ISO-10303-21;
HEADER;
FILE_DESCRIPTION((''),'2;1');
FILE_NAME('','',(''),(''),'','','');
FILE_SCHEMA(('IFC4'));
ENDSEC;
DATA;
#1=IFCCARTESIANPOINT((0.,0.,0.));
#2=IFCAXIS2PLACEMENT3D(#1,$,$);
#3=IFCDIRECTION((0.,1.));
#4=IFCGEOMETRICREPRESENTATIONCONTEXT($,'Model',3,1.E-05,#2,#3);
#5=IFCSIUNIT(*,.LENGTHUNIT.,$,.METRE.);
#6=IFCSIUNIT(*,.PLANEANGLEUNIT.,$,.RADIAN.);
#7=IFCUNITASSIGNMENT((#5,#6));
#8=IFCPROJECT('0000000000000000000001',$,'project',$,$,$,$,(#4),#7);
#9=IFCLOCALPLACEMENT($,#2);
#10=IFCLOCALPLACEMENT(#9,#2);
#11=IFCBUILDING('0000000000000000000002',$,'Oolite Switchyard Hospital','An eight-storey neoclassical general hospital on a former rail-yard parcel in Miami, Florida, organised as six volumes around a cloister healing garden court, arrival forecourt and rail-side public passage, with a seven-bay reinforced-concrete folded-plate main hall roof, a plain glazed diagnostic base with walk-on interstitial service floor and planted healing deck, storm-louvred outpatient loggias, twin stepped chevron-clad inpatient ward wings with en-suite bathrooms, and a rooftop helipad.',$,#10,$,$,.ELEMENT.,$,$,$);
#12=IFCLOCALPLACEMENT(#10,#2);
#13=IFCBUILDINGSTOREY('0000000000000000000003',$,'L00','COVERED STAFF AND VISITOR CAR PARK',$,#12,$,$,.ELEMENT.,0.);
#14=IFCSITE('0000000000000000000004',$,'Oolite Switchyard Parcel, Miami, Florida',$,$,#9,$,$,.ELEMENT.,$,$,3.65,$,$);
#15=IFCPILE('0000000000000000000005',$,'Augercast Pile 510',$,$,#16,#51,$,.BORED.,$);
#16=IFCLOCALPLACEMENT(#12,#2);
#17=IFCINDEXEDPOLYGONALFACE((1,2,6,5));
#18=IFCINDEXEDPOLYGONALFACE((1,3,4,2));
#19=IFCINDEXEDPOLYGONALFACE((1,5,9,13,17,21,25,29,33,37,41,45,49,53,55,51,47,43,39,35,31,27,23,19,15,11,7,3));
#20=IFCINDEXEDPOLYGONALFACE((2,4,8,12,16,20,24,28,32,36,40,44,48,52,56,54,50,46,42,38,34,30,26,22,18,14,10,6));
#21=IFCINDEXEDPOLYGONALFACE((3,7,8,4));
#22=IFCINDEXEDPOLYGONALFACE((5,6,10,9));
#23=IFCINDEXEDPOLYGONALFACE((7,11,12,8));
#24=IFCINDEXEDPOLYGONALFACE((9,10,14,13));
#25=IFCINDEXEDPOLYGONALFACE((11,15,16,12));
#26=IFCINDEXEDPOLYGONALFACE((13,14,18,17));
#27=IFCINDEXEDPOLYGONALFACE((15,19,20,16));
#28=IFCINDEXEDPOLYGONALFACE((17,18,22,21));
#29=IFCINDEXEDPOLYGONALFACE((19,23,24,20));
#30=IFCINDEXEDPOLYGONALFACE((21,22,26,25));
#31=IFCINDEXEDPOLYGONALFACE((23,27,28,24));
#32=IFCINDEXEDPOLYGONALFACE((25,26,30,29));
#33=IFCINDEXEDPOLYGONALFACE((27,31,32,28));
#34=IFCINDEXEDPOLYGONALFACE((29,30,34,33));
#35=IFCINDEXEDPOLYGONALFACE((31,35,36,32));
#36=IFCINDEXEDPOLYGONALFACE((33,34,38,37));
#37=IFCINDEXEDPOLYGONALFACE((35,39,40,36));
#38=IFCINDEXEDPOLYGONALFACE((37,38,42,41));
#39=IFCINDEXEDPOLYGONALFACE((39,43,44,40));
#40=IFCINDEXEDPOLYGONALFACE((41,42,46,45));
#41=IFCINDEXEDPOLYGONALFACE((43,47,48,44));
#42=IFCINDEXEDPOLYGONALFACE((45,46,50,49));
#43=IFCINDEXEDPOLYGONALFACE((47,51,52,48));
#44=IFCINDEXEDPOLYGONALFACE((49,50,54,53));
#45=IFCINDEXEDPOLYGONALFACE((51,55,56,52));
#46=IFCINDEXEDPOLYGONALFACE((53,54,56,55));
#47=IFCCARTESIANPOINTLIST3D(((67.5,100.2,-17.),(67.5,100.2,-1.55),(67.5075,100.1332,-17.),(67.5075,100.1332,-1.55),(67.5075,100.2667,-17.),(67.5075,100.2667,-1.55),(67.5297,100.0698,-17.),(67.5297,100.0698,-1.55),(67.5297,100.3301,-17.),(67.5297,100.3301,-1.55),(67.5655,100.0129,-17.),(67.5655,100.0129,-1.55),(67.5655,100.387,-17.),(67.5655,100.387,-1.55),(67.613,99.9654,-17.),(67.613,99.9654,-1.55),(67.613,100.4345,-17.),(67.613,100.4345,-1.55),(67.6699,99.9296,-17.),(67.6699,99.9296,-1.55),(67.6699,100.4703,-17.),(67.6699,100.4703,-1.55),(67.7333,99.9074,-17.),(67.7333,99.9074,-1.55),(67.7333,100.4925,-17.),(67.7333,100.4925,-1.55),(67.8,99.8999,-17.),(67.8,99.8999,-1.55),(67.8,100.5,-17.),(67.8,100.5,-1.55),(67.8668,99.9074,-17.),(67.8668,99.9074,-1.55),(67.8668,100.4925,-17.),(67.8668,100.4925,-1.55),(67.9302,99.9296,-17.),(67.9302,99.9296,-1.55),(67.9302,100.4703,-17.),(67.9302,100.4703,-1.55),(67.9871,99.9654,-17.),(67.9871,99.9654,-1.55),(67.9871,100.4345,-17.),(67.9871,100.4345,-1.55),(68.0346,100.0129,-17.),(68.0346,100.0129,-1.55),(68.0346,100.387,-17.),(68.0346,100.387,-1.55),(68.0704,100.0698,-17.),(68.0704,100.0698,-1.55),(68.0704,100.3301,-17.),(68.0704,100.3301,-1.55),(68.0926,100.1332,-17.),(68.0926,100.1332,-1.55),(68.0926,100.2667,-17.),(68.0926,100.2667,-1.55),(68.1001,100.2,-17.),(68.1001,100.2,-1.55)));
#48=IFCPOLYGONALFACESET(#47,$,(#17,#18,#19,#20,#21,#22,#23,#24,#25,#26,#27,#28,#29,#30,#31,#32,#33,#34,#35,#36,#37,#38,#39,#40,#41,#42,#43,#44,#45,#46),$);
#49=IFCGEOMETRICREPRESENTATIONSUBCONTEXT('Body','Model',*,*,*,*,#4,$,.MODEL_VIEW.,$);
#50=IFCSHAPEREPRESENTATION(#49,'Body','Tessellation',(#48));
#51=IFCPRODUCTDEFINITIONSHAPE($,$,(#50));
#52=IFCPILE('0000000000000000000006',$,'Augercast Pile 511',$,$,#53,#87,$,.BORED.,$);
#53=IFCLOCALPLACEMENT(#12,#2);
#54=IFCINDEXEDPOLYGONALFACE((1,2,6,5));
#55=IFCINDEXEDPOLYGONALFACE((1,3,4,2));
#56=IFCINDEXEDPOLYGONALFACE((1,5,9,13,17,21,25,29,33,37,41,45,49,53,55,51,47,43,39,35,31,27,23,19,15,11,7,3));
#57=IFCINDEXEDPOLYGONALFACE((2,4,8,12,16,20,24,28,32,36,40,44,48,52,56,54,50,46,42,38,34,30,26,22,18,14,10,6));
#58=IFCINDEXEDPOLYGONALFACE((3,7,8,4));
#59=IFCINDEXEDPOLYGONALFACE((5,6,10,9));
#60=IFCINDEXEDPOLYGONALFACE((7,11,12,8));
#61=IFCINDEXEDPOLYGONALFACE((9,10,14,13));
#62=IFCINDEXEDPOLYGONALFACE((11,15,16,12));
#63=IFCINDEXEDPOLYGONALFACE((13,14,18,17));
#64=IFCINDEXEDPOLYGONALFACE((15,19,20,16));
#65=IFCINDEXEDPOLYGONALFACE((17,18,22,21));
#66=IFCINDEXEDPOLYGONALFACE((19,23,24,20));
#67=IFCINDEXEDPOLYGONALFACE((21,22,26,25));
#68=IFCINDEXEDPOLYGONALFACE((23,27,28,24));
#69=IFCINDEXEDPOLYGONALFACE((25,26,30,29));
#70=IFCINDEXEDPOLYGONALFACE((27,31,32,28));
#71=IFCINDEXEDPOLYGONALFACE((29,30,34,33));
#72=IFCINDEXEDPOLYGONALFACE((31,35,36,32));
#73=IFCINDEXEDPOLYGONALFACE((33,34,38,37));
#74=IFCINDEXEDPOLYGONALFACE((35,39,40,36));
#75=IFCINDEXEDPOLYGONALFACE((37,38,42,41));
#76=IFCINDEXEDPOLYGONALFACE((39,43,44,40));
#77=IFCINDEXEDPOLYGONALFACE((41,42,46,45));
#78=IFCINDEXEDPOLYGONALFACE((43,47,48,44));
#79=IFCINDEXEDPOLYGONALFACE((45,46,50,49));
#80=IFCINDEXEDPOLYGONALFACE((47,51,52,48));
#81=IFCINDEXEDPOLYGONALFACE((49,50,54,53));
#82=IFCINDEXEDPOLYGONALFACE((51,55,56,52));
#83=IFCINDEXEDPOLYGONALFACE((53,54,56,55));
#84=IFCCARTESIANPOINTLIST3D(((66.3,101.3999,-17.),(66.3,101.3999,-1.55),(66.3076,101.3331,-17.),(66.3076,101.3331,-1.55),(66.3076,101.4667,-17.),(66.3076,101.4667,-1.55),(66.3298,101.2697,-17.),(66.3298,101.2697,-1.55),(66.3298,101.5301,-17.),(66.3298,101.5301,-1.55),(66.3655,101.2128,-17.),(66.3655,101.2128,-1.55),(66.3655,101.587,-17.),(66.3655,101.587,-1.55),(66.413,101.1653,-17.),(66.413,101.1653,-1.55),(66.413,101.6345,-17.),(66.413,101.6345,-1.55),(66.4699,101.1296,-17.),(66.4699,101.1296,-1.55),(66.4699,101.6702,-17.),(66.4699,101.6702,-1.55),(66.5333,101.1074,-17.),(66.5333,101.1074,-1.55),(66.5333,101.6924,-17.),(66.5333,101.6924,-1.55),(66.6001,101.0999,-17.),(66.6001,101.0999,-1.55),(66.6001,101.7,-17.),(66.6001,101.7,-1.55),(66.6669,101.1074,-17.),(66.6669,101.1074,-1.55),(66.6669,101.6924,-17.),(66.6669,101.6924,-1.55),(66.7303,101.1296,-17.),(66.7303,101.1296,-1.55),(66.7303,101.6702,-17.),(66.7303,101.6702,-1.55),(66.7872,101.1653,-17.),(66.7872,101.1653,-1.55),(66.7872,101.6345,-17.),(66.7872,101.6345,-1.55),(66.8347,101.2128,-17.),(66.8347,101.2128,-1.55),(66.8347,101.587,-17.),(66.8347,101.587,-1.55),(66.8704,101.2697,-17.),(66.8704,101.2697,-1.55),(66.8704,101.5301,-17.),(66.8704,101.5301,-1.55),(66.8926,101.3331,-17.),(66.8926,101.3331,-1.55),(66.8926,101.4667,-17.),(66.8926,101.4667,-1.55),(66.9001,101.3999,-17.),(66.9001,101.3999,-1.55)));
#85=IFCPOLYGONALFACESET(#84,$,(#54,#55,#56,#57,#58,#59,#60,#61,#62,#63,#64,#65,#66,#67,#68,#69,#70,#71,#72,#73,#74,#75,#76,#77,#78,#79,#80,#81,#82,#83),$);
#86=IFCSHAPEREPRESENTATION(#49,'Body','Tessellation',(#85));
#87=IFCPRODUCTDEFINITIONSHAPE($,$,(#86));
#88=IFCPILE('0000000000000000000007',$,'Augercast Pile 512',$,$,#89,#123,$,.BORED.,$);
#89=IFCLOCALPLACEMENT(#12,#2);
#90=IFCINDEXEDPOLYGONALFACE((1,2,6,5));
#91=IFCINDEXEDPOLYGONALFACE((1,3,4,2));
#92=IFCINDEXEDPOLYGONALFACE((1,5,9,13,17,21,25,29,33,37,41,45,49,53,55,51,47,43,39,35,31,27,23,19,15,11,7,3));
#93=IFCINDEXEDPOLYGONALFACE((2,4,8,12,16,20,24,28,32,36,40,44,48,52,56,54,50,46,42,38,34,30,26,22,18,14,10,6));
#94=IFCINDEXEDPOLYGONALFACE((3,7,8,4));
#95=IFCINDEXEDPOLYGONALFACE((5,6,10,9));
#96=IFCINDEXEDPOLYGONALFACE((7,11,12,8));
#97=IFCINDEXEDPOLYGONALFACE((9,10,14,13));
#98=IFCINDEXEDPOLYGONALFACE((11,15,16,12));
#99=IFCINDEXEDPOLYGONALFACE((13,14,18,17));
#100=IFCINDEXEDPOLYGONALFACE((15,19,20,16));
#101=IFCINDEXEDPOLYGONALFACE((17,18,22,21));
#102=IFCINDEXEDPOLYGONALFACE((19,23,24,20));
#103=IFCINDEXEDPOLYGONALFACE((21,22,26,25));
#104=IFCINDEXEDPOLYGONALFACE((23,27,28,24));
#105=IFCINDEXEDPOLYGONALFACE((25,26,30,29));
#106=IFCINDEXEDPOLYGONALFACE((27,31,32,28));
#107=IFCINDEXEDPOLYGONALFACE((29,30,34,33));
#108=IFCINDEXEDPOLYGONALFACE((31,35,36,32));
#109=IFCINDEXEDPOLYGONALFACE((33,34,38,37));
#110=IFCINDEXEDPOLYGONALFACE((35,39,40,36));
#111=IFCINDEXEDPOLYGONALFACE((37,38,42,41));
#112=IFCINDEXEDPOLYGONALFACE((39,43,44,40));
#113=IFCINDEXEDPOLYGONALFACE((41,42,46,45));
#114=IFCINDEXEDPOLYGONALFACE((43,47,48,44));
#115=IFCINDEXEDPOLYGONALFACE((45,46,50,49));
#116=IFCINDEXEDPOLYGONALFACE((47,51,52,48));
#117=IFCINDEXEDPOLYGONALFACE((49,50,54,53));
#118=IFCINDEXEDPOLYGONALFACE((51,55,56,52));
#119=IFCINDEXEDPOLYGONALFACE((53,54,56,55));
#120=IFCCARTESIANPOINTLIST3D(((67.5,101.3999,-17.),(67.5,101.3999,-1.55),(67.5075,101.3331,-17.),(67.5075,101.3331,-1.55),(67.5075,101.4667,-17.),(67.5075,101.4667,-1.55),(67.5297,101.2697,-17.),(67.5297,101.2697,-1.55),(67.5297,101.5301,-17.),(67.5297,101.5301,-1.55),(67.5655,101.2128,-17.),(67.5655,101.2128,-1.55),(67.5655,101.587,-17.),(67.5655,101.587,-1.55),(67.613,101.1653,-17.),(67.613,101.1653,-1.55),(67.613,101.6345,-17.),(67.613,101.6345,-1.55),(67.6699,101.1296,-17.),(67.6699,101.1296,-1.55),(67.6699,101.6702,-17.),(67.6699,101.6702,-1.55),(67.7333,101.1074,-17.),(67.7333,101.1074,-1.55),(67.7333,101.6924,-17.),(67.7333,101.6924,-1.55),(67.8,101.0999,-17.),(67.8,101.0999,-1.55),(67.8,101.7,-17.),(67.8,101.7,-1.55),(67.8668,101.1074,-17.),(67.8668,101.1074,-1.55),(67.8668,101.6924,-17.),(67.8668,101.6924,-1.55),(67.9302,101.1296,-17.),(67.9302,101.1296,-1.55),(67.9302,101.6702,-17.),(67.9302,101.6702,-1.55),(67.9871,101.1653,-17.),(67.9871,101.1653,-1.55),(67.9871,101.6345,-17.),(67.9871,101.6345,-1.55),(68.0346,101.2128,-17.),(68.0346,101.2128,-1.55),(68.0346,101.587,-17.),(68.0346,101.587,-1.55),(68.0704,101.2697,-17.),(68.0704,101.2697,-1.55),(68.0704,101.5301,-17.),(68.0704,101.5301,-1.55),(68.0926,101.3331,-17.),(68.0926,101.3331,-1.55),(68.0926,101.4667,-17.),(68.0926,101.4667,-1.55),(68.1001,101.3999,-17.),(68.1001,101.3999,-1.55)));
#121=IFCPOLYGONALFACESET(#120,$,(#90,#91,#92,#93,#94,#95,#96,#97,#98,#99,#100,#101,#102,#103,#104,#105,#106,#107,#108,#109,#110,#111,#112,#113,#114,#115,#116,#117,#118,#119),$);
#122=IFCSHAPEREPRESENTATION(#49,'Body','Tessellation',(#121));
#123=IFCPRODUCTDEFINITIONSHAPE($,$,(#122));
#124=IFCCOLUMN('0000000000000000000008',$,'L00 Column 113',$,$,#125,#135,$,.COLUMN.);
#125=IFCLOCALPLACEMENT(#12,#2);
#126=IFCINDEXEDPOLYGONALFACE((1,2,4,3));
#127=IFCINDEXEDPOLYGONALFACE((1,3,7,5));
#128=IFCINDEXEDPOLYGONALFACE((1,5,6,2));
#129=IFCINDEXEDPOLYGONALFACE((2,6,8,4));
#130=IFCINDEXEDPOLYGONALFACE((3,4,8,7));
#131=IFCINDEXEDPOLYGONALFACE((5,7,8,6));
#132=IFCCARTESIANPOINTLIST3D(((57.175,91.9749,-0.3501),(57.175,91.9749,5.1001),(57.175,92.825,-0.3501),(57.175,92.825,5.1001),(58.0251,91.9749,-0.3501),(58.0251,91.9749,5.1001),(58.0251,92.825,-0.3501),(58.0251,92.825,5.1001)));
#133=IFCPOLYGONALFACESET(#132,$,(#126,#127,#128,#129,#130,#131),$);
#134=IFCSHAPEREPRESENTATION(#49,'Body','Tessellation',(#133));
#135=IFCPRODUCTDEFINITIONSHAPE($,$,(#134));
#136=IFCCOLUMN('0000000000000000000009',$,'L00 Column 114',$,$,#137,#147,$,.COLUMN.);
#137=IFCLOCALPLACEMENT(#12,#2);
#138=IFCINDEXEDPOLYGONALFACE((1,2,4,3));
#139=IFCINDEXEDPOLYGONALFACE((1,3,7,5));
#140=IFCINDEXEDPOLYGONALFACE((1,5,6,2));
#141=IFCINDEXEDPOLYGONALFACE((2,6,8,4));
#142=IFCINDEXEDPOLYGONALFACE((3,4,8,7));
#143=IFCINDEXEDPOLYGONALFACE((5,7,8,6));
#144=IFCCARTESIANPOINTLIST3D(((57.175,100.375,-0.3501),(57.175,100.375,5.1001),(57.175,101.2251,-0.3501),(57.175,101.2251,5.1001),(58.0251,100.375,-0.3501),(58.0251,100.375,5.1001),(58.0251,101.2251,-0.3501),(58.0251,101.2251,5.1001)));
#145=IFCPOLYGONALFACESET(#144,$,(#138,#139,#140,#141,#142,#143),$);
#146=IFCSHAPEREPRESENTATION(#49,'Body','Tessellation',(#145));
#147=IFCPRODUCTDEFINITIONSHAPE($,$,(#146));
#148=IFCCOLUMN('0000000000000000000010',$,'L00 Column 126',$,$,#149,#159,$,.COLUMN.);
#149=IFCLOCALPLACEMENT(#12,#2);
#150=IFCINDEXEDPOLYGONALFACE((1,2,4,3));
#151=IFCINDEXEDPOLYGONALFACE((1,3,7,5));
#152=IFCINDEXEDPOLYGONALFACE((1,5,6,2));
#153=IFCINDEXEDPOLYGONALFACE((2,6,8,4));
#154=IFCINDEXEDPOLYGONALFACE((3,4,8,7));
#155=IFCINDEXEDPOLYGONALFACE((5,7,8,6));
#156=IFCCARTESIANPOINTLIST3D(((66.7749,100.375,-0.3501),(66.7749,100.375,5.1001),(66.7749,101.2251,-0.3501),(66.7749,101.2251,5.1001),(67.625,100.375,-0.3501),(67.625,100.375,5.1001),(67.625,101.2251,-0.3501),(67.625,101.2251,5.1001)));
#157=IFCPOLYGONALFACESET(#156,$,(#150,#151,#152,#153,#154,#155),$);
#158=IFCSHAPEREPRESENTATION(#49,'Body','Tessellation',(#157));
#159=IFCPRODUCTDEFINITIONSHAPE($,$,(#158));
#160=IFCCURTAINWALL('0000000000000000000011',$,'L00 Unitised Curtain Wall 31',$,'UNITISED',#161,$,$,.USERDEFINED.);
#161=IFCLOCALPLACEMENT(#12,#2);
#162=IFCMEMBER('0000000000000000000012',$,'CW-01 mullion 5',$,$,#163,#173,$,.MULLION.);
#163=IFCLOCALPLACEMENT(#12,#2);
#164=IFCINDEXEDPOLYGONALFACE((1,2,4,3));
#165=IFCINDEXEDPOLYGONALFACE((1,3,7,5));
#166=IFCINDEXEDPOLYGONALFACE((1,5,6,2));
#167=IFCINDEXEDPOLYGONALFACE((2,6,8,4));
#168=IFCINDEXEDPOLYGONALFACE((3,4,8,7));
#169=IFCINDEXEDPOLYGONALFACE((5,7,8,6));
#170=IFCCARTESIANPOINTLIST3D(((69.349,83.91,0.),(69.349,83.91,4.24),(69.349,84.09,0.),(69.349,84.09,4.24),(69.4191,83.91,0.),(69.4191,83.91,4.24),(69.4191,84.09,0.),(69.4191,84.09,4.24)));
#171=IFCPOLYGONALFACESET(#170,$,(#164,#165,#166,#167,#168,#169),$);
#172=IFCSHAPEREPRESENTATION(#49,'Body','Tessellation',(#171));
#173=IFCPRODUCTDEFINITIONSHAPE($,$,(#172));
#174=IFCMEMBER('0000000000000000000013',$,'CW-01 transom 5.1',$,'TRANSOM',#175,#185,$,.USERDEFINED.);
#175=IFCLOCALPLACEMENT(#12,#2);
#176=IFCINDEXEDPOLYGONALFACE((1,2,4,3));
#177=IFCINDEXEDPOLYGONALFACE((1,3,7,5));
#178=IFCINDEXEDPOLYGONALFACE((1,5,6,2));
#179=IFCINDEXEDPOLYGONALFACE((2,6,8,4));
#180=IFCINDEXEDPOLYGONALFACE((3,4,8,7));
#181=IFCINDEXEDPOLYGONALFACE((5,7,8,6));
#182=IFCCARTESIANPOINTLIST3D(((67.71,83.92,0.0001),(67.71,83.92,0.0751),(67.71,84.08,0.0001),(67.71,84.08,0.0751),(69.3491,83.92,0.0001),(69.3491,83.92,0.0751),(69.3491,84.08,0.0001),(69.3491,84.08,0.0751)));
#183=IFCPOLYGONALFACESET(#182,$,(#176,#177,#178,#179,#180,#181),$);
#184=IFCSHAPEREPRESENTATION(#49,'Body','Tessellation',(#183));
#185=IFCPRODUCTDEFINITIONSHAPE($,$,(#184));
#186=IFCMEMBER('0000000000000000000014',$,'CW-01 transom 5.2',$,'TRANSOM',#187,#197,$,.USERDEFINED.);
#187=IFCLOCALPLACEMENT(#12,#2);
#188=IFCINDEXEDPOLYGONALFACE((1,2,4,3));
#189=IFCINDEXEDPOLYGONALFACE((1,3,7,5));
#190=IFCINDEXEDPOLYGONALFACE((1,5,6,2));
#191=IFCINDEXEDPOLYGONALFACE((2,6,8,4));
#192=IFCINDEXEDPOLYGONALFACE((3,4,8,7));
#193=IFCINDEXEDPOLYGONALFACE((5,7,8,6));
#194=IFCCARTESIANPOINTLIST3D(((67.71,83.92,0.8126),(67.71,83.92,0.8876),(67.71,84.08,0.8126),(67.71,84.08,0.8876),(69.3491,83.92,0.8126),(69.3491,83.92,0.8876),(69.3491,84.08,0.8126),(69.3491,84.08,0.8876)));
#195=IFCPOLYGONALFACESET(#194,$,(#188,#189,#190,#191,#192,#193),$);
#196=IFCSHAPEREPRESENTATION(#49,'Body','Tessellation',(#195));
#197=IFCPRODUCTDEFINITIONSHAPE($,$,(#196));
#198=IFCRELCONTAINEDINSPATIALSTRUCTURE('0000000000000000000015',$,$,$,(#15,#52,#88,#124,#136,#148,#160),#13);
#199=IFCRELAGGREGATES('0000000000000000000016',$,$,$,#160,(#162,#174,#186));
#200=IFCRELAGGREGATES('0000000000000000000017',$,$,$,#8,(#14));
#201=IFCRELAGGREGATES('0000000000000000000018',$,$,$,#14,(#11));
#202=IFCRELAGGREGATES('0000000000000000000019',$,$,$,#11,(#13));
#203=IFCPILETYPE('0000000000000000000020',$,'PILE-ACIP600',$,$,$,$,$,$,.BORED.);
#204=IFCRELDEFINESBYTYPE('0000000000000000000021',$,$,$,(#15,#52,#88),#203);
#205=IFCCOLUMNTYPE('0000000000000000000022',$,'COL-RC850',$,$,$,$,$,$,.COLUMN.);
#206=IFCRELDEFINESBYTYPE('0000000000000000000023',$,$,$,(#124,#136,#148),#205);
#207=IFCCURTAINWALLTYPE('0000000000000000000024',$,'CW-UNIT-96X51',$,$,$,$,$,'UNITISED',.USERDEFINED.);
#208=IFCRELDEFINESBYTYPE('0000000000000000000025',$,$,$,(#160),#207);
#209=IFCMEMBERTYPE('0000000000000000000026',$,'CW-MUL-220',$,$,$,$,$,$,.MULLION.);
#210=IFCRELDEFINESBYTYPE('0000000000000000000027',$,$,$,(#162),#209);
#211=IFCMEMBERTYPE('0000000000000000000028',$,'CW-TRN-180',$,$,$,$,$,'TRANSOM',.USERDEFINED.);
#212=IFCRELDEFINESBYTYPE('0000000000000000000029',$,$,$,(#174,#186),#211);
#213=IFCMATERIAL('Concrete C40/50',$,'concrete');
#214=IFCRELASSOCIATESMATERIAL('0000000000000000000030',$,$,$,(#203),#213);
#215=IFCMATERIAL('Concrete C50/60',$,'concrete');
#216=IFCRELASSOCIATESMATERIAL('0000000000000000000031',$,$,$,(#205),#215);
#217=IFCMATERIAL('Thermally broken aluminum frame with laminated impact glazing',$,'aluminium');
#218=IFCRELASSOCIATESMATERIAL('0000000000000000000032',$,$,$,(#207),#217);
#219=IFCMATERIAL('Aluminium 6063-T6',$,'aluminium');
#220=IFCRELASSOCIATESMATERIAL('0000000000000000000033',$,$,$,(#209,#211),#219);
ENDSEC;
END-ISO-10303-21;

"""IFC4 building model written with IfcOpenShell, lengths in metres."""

from ifc_helpers import new_model, si_unit, direction, frame, origin, origin_2d, place, context, subcontext, project, spatial, rectangle, circle, extrude, material, material_profile, profile_set, type_object, element, aggregate, save


model = new_model("IFC4")

# Units and contexts
model_context = context("Model", 3, precision=1e-05, world=origin(), true_north=direction((0.0, 1.0)))
body_context = subcontext(model_context, "Body", "Model", "MODEL_VIEW")
ifc_project = project(units=[si_unit("LENGTHUNIT", "METRE"), si_unit("PLANEANGLEUNIT", "RADIAN")], contexts=[model_context])

# Site, building, storey
site_placement = place(None, origin())
site = spatial("IfcSite", under=ifc_project, at=site_placement, Name="Oolite Switchyard Parcel, Miami, Florida", CompositionType="ELEMENT", RefElevation=3.65)
building_placement = place(site_placement, origin())
building = spatial("IfcBuilding", under=site, at=building_placement, Name="Oolite Switchyard Hospital", Description="An eight-storey neoclassical general hospital on a former rail-yard parcel in Miami, Florida, organised as six volumes around a cloister healing garden court, arrival forecourt and rail-side public passage, with a seven-bay reinforced-concrete folded-plate main hall roof, a plain glazed diagnostic base with walk-on interstitial service floor and planted healing deck, storm-louvred outpatient loggias, twin stepped chevron-clad inpatient ward wings with en-suite bathrooms, and a rooftop helipad.", CompositionType="ELEMENT")
storey_placement = place(building_placement, origin())
storey = spatial("IfcBuildingStorey", under=building, at=storey_placement, Name="L00", Description="COVERED STAFF AND VISITOR CAR PARK", CompositionType="ELEMENT", Elevation=0.0)

# Shared definitions
ifc_material_1 = material(Name="Concrete C40/50", Category="concrete")

# Piles
ifc_material_profile_1 = material_profile(ifc_material_1, circle(Radius=0.3, at=origin_2d()), Name="PILE600")
ifc_profile_set_1 = profile_set([ifc_material_profile_1], Name="Concrete C40/50")
pile_type = type_object("IfcPileType", Name="PILE-ACIP600", PredefinedType="BORED", material=ifc_profile_set_1)
for number, where, z_axis, x_axis, name in (
    (1, (67.8, 100.2, -1.55), (0.0, 0.0, -1.0), (1.0, 0.0, 0.0), "Augercast Pile 510"),
    (2, (66.6001, 101.3999, -1.55), (0.0, 0.0, -1.0), (1.0, 0.0, 0.0), "Augercast Pile 511"),
    (3, (67.8, 101.3999, -1.55), (0.0, 0.0, -1.0), (1.0, 0.0, 0.0), "Augercast Pile 512"),
):
    element("IfcPile", number, at=place(storey_placement, frame(where, z_axis=z_axis, x_axis=x_axis)), inside=storey, type_object=pile_type, Name=name, PredefinedType="BORED", context=body_context, shape_type="SweptSolid", body=[
        extrude(circle(Radius=0.3, at=origin_2d()), origin(), (0.0, 0.0, 1.0), 15.45),
    ])

# Columns
ifc_material_2 = material(Name="Concrete C50/60", Category="concrete")
ifc_material_profile_2 = material_profile(ifc_material_2, rectangle(XDim=0.8501, YDim=0.8501, at=origin_2d()), Name="RC850X850")
ifc_profile_set_2 = profile_set([ifc_material_profile_2], Name="Concrete C50/60")
column_type = type_object("IfcColumnType", Name="COL-RC850", PredefinedType="COLUMN", material=ifc_profile_set_2)
for number, where, z_axis, x_axis, name in (
    (4, (57.6001, 92.3999, -0.3501), (0.0, 0.0, 1.0), (1.0, 0.0, 0.0), "L00 Column 113"),
    (5, (57.6001, 100.8, -0.3501), (0.0, 0.0, 1.0), (1.0, 0.0, 0.0), "L00 Column 114"),
    (6, (67.2, 100.8, -0.3501), (0.0, 0.0, 1.0), (1.0, 0.0, 0.0), "L00 Column 126"),
):
    element("IfcColumn", number, at=place(storey_placement, frame(where, z_axis=z_axis, x_axis=x_axis)), inside=storey, type_object=column_type, Name=name, PredefinedType="COLUMN", context=body_context, shape_type="SweptSolid", body=[
        extrude(rectangle(XDim=0.8501, YDim=0.8501, at=origin_2d()), origin(), (0.0, 0.0, 1.0), 5.4502),
    ])

# Curtain wall, members
ifc_material_3 = material(Name="Thermally broken aluminum frame with laminated impact glazing", Category="aluminium")
curtain_wall_type = type_object("IfcCurtainWallType", Name="CW-UNIT-96X51", ElementType="UNITISED", PredefinedType="USERDEFINED", material=ifc_material_3)
curtain_wall_placement = place(storey_placement, origin())
curtain_wall = element("IfcCurtainWall", 7, at=curtain_wall_placement, inside=storey, type_object=curtain_wall_type, Name="L00 Unitised Curtain Wall 31", ObjectType="UNITISED", PredefinedType="USERDEFINED")
ifc_material_4 = material(Name="Aluminium 6063-T6", Category="aluminium")
ifc_material_profile_3 = material_profile(ifc_material_4, rectangle(XDim=0.1799, YDim=0.0701, at=origin_2d()), Name="CWM70X180")
ifc_profile_set_3 = profile_set([ifc_material_profile_3], Name="Aluminium 6063-T6")
member_type_1 = type_object("IfcMemberType", Name="CW-MUL-220", PredefinedType="MULLION", material=ifc_profile_set_3)
member_1_placement = place(storey_placement, frame((69.384, 84.0, 0.0), z_axis=(0.0, 0.0, 1.0), x_axis=(0.0, -1.0, 0.0)))
member_1 = element("IfcMember", 8, at=member_1_placement, type_object=member_type_1, Name="CW-01 mullion 5", PredefinedType="MULLION", context=body_context, shape_type="SweptSolid", body=[
    extrude(rectangle(XDim=0.1799, YDim=0.0701, at=origin_2d()), origin(), (0.0, 0.0, 1.0), 4.24),
])
ifc_material_profile_4 = material_profile(ifc_material_4, rectangle(XDim=0.1599, YDim=0.075, at=origin_2d()), Name="CWT75X160")
ifc_profile_set_4 = profile_set([ifc_material_profile_4], Name="Aluminium 6063-T6")
member_type_2 = type_object("IfcMemberType", Name="CW-TRN-180", ElementType="TRANSOM", PredefinedType="USERDEFINED", material=ifc_profile_set_4)
member_2_placement = place(storey_placement, frame((69.3491, 84.0, 0.0376), z_axis=(-1.0, 0.0, 0.0), x_axis=(0.0, -1.0, 0.0)))
member_2 = element("IfcMember", 9, at=member_2_placement, type_object=member_type_2, Name="CW-01 transom 5.1", ObjectType="TRANSOM", PredefinedType="USERDEFINED", context=body_context, shape_type="SweptSolid", body=[
    extrude(rectangle(XDim=0.1599, YDim=0.075, at=origin_2d()), origin(), (0.0, 0.0, 1.0), 1.6392),
])
member_3_placement = place(storey_placement, frame((69.3491, 84.0, 0.8501), z_axis=(-1.0, 0.0, 0.0), x_axis=(0.0, -1.0, 0.0)))
member_3 = element("IfcMember", 10, at=member_3_placement, type_object=member_type_2, Name="CW-01 transom 5.2", ObjectType="TRANSOM", PredefinedType="USERDEFINED", context=body_context, shape_type="SweptSolid", body=[
    extrude(rectangle(XDim=0.1599, YDim=0.075, at=origin_2d()), origin(), (0.0, 0.0, 1.0), 1.6392),
])
aggregate(curtain_wall, [member_1, member_2, member_3])

save(model, "model.ifc")
